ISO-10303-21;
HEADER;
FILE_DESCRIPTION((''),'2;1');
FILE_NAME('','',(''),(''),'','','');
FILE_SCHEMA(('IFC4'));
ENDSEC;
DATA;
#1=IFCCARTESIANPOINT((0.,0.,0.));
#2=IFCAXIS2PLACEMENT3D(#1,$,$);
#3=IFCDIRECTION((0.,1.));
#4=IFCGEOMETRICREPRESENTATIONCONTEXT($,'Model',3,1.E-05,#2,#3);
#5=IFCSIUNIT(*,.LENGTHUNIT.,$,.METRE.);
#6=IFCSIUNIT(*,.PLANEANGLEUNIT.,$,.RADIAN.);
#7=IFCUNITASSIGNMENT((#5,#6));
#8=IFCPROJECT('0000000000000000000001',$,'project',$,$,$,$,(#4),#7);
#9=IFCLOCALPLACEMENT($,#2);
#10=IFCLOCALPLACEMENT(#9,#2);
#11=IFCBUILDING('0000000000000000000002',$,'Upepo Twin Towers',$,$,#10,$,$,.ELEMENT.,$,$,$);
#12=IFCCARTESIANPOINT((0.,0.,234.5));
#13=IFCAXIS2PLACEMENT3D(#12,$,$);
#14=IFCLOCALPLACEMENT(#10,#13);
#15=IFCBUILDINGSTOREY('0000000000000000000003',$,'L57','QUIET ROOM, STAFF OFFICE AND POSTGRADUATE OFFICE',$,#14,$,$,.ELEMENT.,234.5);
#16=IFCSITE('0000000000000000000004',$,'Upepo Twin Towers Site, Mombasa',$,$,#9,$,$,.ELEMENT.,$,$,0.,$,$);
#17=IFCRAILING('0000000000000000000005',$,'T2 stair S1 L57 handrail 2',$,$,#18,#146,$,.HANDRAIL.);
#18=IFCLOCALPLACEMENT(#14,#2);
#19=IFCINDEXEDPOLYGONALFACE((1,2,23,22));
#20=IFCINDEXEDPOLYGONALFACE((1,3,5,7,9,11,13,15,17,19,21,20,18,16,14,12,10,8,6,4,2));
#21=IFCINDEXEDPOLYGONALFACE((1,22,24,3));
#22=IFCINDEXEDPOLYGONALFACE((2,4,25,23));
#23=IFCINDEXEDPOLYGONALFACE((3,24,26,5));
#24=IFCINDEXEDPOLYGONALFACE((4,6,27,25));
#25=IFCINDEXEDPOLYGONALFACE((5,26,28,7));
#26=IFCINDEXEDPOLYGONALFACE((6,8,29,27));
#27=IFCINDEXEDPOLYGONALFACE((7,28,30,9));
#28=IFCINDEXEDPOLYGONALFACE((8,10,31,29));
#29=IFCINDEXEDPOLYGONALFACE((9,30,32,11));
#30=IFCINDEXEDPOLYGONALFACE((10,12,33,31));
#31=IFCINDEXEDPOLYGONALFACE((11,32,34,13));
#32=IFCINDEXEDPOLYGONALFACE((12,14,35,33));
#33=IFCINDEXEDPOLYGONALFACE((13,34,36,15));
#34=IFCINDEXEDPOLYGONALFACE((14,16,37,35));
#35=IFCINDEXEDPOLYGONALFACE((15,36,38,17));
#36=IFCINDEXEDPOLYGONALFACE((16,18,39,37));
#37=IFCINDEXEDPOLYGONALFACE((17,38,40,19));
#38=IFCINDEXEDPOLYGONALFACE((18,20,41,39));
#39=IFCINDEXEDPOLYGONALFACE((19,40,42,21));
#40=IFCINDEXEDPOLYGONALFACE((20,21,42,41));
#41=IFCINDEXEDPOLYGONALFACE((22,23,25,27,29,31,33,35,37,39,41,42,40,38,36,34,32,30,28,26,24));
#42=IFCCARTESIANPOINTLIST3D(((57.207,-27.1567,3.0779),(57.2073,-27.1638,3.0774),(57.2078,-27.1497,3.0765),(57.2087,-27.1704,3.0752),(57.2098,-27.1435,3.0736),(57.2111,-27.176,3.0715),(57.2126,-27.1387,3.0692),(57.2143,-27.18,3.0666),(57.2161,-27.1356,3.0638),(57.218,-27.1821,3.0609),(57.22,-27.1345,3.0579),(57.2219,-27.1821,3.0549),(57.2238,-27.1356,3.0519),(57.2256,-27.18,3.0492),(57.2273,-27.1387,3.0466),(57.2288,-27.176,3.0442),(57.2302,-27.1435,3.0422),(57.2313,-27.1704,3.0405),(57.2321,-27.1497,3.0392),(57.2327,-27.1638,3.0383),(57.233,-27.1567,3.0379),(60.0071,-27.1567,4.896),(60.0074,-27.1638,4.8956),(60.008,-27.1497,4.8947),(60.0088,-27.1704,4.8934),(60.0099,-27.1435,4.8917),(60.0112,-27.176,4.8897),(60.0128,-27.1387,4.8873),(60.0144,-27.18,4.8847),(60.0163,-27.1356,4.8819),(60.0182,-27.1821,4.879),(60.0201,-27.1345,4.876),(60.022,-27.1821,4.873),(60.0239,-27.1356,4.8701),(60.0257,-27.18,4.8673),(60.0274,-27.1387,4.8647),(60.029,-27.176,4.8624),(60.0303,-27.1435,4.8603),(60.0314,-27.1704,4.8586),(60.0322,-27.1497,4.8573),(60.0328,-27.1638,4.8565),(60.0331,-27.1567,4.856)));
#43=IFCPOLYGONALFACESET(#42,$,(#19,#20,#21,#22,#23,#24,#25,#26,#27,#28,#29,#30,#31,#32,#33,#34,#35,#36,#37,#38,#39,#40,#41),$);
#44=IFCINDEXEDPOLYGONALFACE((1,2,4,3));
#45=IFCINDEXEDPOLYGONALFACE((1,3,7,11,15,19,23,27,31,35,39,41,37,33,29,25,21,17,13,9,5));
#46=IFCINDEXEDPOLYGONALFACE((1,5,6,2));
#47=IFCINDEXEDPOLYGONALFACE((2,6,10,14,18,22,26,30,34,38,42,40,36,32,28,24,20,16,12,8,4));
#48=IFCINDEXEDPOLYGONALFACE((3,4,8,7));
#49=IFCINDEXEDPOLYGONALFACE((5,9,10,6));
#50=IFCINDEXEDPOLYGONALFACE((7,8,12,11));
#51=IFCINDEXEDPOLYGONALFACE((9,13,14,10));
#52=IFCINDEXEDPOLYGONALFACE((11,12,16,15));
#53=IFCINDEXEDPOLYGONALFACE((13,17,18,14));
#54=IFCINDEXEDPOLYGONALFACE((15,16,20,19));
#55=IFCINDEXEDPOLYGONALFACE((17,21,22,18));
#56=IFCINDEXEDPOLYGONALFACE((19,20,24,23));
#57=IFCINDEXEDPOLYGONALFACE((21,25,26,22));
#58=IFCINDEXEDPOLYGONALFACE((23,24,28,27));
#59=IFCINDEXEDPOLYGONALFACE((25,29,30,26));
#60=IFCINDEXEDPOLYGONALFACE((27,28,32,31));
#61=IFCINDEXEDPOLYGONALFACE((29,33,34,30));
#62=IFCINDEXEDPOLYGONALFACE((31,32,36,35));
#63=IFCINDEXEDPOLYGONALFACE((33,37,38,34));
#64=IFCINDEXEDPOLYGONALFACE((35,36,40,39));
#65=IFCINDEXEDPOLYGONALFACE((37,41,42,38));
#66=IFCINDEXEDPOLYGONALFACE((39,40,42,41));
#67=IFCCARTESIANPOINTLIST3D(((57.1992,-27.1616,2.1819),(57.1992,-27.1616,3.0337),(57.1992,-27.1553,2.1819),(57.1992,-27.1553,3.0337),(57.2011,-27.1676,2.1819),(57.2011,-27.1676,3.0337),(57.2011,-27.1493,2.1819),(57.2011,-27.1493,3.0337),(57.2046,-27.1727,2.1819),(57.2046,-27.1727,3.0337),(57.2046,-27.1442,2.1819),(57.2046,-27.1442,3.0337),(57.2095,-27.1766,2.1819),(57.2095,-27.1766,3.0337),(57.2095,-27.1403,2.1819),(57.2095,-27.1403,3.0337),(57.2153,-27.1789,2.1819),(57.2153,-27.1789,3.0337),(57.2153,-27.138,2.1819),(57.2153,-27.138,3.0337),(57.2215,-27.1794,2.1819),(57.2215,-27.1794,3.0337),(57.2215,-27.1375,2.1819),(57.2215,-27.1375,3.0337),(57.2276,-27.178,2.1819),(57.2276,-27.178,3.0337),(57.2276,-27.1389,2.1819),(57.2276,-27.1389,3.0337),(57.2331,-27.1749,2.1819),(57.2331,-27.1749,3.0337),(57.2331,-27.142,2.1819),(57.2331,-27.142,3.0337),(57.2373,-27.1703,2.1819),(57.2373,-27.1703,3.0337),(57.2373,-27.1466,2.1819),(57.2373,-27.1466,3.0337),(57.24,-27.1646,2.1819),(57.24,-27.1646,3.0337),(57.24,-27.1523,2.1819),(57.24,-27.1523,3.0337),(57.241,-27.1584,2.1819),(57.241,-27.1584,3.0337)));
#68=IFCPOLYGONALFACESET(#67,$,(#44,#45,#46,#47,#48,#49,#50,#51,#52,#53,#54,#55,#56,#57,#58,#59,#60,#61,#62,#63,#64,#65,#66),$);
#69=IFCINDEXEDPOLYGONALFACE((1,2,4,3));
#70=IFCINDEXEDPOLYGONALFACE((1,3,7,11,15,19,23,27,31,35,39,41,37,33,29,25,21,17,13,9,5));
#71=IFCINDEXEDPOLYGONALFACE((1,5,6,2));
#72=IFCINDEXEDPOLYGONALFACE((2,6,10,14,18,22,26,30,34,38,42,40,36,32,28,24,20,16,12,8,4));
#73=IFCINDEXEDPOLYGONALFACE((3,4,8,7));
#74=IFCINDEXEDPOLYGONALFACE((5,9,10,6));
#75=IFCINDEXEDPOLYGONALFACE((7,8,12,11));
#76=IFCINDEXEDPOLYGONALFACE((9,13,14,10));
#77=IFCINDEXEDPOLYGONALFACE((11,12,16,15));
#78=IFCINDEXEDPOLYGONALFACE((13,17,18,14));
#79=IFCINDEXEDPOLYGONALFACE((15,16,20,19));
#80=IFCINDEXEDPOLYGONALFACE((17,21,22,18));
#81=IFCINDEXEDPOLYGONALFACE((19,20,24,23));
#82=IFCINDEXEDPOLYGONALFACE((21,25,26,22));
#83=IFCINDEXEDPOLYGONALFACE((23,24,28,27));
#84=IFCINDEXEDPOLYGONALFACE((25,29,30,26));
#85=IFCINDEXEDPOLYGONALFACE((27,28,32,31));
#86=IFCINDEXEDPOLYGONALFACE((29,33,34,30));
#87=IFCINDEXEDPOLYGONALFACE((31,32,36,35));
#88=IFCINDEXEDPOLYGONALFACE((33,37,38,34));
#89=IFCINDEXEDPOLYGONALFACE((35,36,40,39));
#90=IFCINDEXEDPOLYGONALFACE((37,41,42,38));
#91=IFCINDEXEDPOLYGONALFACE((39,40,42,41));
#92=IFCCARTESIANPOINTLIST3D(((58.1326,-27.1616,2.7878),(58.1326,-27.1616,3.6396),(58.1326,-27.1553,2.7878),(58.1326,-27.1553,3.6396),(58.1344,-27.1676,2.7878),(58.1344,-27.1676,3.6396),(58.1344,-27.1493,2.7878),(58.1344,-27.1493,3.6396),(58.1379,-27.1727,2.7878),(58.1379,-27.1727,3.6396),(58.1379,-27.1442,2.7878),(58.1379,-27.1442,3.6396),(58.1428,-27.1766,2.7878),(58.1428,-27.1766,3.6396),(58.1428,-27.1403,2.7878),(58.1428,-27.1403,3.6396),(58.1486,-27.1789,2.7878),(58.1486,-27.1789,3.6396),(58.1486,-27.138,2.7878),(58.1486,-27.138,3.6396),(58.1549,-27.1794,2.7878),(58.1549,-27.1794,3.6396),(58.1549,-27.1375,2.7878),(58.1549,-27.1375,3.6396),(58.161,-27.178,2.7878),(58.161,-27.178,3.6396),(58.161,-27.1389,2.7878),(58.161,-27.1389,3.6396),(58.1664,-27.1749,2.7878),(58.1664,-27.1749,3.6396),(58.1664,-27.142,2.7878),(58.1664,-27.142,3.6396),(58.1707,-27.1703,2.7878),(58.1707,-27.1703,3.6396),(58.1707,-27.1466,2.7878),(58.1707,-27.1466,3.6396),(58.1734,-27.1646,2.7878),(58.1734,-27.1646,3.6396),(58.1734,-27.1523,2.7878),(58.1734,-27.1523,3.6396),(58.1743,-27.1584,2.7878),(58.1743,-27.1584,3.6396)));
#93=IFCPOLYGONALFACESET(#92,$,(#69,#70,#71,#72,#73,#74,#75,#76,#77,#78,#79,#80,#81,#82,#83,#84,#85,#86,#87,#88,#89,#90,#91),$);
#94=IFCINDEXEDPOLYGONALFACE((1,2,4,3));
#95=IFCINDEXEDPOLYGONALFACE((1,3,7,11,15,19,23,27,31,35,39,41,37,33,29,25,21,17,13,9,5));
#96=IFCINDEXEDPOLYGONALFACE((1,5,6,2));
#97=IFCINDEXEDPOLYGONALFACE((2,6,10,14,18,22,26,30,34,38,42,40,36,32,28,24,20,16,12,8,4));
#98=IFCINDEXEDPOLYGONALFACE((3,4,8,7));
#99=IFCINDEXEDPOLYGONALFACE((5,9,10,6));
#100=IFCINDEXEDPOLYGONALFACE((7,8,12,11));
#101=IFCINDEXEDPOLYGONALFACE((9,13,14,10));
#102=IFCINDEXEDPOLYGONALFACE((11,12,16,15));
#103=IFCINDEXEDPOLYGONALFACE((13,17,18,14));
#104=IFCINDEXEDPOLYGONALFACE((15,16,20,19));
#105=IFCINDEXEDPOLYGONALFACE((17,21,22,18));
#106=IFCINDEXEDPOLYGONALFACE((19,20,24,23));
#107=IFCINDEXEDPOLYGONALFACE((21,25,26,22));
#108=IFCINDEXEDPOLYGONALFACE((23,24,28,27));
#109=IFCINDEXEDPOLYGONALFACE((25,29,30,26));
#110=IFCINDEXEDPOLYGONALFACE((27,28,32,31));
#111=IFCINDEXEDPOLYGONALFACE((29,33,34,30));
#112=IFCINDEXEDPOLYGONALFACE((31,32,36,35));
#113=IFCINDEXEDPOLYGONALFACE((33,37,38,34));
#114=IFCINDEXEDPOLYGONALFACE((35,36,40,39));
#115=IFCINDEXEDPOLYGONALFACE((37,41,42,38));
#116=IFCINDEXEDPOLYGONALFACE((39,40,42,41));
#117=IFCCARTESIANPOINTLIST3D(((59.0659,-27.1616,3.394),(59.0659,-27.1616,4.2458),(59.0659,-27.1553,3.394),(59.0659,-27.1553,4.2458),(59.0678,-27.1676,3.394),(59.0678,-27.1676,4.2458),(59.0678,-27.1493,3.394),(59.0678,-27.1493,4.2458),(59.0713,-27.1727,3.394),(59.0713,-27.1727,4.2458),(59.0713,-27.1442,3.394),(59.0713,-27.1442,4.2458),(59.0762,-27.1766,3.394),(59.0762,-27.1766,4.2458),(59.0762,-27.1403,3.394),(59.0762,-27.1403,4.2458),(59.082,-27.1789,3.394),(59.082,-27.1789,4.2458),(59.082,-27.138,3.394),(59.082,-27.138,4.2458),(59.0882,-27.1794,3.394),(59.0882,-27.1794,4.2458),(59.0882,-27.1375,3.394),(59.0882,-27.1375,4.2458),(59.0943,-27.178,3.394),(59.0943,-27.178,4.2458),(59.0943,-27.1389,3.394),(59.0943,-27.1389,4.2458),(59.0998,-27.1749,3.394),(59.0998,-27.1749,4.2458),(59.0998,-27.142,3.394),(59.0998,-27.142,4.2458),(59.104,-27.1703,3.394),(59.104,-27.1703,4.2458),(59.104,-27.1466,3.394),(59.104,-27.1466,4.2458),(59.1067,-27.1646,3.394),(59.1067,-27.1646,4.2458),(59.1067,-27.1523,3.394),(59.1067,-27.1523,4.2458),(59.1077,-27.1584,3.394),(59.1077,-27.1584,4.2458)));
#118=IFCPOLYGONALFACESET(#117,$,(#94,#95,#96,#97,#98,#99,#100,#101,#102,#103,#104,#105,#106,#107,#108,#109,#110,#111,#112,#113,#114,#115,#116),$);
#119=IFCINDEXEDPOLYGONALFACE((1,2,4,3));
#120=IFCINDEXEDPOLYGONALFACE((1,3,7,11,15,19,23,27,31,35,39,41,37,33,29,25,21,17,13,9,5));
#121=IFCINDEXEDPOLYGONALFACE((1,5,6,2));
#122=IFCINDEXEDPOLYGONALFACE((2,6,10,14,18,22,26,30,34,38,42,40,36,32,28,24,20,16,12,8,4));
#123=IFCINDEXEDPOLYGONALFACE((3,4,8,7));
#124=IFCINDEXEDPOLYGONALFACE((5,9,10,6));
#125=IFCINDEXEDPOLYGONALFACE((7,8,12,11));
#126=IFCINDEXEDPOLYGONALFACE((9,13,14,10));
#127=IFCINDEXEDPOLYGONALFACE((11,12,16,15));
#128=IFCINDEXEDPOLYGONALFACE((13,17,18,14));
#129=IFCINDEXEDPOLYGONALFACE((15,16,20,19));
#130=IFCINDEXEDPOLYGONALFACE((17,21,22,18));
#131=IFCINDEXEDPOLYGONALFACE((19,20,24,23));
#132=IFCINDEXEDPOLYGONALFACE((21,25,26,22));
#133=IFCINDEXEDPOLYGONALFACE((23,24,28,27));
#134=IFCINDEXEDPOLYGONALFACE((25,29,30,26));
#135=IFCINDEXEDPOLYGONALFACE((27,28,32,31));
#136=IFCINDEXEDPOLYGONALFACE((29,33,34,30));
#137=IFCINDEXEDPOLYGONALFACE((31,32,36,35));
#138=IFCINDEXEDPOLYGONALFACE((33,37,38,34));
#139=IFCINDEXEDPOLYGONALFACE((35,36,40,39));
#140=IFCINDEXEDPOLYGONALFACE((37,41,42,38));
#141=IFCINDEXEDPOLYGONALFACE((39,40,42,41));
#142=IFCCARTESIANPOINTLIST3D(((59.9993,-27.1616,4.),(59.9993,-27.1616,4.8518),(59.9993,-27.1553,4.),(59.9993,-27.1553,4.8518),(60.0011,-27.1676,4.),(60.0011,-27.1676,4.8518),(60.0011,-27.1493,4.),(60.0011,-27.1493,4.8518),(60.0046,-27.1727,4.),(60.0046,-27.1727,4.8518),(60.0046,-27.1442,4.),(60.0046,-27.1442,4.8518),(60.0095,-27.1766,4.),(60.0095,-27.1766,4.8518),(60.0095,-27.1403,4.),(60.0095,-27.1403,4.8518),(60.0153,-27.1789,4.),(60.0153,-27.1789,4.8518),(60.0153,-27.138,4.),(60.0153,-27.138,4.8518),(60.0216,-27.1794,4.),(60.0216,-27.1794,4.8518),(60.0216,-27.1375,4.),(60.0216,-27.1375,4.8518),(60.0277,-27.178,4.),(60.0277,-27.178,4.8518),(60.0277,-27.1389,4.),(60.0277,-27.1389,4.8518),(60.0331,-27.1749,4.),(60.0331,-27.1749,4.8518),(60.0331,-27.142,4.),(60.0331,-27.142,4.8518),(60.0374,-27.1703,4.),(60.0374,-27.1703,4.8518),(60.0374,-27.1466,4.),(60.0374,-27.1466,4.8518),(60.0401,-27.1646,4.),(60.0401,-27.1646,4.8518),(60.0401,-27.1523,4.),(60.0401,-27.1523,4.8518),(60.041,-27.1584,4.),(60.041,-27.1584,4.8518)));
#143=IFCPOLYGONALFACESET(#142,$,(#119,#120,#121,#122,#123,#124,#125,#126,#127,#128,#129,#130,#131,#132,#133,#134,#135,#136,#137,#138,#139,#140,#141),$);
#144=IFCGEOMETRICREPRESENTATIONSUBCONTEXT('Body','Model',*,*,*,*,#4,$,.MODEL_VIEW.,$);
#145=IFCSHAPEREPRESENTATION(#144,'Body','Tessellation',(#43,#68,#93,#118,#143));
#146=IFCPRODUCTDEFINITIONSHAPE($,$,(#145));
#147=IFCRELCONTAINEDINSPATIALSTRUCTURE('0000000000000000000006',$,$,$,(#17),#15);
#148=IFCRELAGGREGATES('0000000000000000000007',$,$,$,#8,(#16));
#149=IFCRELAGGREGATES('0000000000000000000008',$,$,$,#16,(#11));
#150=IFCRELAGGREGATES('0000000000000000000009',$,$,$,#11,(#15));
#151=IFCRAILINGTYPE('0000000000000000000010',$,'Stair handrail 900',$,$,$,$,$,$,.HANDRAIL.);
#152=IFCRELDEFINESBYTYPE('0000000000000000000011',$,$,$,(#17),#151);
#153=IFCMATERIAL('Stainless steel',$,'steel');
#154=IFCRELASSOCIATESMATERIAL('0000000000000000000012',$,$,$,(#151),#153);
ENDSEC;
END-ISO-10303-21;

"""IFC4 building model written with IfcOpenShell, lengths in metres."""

from ifc_helpers import new_model, si_unit, direction, frame, origin, origin_2d, place, context, subcontext, project, spatial, circle, extrude, material, type_object, element, save


model = new_model("IFC4")

# Units and contexts
model_context = context("Model", 3, precision=1e-05, world=origin(), true_north=direction((0.0, 1.0)))
body_context = subcontext(model_context, "Body", "Model", "MODEL_VIEW")
ifc_project = project(units=[si_unit("LENGTHUNIT", "METRE"), si_unit("PLANEANGLEUNIT", "RADIAN")], contexts=[model_context])

# Site, building, storey
site_placement = place(None, origin())
site = spatial("IfcSite", under=ifc_project, at=site_placement, Name="Upepo Twin Towers Site, Mombasa", CompositionType="ELEMENT", RefElevation=0.0)
building_placement = place(site_placement, origin())
building = spatial("IfcBuilding", under=site, at=building_placement, Name="Upepo Twin Towers", CompositionType="ELEMENT")
storey_placement = place(building_placement, frame((0.0, 0.0, 234.5)))
storey = spatial("IfcBuildingStorey", under=building, at=storey_placement, Name="L57", Description="QUIET ROOM, STAFF OFFICE AND POSTGRADUATE OFFICE", CompositionType="ELEMENT", Elevation=234.5)

# Railing
ifc_material_1 = material(Name="Stainless steel", Category="steel")
railing_type = type_object("IfcRailingType", Name="Stair handrail 900", PredefinedType="HANDRAIL", material=ifc_material_1)
railing_1_placement = place(storey_placement, frame((57.22, -27.1584, 2.1819)))
element("IfcRailing", 1, at=railing_1_placement, inside=storey, type_object=railing_type, Name="T2 stair S1 L57 handrail 2", PredefinedType="HANDRAIL", context=body_context, shape_type="SweptSolid", body=[
    extrude(circle(Radius=0.0239, at=origin_2d()), frame((0.0, 0.0, 0.876), z_axis=(0.838706, 0.0, 0.544585), x_axis=(0.0, 1.0, 0.0)), (0.0, 0.0, 1.0), 3.3386),
    extrude(circle(Radius=0.021, at=origin_2d()), origin(), (0.0, 0.0, 1.0), 0.8518),
    extrude(circle(Radius=0.021, at=origin_2d()), frame((0.9333, 0.0, 0.606)), (0.0, 0.0, 1.0), 0.8518),
    extrude(circle(Radius=0.021, at=origin_2d()), frame((1.8667, 0.0, 1.2122)), (0.0, 0.0, 1.0), 0.8518),
    extrude(circle(Radius=0.021, at=origin_2d()), frame((2.8, 0.0, 1.8181)), (0.0, 0.0, 1.0), 0.8518),
])

save(model, "model.ifc")
